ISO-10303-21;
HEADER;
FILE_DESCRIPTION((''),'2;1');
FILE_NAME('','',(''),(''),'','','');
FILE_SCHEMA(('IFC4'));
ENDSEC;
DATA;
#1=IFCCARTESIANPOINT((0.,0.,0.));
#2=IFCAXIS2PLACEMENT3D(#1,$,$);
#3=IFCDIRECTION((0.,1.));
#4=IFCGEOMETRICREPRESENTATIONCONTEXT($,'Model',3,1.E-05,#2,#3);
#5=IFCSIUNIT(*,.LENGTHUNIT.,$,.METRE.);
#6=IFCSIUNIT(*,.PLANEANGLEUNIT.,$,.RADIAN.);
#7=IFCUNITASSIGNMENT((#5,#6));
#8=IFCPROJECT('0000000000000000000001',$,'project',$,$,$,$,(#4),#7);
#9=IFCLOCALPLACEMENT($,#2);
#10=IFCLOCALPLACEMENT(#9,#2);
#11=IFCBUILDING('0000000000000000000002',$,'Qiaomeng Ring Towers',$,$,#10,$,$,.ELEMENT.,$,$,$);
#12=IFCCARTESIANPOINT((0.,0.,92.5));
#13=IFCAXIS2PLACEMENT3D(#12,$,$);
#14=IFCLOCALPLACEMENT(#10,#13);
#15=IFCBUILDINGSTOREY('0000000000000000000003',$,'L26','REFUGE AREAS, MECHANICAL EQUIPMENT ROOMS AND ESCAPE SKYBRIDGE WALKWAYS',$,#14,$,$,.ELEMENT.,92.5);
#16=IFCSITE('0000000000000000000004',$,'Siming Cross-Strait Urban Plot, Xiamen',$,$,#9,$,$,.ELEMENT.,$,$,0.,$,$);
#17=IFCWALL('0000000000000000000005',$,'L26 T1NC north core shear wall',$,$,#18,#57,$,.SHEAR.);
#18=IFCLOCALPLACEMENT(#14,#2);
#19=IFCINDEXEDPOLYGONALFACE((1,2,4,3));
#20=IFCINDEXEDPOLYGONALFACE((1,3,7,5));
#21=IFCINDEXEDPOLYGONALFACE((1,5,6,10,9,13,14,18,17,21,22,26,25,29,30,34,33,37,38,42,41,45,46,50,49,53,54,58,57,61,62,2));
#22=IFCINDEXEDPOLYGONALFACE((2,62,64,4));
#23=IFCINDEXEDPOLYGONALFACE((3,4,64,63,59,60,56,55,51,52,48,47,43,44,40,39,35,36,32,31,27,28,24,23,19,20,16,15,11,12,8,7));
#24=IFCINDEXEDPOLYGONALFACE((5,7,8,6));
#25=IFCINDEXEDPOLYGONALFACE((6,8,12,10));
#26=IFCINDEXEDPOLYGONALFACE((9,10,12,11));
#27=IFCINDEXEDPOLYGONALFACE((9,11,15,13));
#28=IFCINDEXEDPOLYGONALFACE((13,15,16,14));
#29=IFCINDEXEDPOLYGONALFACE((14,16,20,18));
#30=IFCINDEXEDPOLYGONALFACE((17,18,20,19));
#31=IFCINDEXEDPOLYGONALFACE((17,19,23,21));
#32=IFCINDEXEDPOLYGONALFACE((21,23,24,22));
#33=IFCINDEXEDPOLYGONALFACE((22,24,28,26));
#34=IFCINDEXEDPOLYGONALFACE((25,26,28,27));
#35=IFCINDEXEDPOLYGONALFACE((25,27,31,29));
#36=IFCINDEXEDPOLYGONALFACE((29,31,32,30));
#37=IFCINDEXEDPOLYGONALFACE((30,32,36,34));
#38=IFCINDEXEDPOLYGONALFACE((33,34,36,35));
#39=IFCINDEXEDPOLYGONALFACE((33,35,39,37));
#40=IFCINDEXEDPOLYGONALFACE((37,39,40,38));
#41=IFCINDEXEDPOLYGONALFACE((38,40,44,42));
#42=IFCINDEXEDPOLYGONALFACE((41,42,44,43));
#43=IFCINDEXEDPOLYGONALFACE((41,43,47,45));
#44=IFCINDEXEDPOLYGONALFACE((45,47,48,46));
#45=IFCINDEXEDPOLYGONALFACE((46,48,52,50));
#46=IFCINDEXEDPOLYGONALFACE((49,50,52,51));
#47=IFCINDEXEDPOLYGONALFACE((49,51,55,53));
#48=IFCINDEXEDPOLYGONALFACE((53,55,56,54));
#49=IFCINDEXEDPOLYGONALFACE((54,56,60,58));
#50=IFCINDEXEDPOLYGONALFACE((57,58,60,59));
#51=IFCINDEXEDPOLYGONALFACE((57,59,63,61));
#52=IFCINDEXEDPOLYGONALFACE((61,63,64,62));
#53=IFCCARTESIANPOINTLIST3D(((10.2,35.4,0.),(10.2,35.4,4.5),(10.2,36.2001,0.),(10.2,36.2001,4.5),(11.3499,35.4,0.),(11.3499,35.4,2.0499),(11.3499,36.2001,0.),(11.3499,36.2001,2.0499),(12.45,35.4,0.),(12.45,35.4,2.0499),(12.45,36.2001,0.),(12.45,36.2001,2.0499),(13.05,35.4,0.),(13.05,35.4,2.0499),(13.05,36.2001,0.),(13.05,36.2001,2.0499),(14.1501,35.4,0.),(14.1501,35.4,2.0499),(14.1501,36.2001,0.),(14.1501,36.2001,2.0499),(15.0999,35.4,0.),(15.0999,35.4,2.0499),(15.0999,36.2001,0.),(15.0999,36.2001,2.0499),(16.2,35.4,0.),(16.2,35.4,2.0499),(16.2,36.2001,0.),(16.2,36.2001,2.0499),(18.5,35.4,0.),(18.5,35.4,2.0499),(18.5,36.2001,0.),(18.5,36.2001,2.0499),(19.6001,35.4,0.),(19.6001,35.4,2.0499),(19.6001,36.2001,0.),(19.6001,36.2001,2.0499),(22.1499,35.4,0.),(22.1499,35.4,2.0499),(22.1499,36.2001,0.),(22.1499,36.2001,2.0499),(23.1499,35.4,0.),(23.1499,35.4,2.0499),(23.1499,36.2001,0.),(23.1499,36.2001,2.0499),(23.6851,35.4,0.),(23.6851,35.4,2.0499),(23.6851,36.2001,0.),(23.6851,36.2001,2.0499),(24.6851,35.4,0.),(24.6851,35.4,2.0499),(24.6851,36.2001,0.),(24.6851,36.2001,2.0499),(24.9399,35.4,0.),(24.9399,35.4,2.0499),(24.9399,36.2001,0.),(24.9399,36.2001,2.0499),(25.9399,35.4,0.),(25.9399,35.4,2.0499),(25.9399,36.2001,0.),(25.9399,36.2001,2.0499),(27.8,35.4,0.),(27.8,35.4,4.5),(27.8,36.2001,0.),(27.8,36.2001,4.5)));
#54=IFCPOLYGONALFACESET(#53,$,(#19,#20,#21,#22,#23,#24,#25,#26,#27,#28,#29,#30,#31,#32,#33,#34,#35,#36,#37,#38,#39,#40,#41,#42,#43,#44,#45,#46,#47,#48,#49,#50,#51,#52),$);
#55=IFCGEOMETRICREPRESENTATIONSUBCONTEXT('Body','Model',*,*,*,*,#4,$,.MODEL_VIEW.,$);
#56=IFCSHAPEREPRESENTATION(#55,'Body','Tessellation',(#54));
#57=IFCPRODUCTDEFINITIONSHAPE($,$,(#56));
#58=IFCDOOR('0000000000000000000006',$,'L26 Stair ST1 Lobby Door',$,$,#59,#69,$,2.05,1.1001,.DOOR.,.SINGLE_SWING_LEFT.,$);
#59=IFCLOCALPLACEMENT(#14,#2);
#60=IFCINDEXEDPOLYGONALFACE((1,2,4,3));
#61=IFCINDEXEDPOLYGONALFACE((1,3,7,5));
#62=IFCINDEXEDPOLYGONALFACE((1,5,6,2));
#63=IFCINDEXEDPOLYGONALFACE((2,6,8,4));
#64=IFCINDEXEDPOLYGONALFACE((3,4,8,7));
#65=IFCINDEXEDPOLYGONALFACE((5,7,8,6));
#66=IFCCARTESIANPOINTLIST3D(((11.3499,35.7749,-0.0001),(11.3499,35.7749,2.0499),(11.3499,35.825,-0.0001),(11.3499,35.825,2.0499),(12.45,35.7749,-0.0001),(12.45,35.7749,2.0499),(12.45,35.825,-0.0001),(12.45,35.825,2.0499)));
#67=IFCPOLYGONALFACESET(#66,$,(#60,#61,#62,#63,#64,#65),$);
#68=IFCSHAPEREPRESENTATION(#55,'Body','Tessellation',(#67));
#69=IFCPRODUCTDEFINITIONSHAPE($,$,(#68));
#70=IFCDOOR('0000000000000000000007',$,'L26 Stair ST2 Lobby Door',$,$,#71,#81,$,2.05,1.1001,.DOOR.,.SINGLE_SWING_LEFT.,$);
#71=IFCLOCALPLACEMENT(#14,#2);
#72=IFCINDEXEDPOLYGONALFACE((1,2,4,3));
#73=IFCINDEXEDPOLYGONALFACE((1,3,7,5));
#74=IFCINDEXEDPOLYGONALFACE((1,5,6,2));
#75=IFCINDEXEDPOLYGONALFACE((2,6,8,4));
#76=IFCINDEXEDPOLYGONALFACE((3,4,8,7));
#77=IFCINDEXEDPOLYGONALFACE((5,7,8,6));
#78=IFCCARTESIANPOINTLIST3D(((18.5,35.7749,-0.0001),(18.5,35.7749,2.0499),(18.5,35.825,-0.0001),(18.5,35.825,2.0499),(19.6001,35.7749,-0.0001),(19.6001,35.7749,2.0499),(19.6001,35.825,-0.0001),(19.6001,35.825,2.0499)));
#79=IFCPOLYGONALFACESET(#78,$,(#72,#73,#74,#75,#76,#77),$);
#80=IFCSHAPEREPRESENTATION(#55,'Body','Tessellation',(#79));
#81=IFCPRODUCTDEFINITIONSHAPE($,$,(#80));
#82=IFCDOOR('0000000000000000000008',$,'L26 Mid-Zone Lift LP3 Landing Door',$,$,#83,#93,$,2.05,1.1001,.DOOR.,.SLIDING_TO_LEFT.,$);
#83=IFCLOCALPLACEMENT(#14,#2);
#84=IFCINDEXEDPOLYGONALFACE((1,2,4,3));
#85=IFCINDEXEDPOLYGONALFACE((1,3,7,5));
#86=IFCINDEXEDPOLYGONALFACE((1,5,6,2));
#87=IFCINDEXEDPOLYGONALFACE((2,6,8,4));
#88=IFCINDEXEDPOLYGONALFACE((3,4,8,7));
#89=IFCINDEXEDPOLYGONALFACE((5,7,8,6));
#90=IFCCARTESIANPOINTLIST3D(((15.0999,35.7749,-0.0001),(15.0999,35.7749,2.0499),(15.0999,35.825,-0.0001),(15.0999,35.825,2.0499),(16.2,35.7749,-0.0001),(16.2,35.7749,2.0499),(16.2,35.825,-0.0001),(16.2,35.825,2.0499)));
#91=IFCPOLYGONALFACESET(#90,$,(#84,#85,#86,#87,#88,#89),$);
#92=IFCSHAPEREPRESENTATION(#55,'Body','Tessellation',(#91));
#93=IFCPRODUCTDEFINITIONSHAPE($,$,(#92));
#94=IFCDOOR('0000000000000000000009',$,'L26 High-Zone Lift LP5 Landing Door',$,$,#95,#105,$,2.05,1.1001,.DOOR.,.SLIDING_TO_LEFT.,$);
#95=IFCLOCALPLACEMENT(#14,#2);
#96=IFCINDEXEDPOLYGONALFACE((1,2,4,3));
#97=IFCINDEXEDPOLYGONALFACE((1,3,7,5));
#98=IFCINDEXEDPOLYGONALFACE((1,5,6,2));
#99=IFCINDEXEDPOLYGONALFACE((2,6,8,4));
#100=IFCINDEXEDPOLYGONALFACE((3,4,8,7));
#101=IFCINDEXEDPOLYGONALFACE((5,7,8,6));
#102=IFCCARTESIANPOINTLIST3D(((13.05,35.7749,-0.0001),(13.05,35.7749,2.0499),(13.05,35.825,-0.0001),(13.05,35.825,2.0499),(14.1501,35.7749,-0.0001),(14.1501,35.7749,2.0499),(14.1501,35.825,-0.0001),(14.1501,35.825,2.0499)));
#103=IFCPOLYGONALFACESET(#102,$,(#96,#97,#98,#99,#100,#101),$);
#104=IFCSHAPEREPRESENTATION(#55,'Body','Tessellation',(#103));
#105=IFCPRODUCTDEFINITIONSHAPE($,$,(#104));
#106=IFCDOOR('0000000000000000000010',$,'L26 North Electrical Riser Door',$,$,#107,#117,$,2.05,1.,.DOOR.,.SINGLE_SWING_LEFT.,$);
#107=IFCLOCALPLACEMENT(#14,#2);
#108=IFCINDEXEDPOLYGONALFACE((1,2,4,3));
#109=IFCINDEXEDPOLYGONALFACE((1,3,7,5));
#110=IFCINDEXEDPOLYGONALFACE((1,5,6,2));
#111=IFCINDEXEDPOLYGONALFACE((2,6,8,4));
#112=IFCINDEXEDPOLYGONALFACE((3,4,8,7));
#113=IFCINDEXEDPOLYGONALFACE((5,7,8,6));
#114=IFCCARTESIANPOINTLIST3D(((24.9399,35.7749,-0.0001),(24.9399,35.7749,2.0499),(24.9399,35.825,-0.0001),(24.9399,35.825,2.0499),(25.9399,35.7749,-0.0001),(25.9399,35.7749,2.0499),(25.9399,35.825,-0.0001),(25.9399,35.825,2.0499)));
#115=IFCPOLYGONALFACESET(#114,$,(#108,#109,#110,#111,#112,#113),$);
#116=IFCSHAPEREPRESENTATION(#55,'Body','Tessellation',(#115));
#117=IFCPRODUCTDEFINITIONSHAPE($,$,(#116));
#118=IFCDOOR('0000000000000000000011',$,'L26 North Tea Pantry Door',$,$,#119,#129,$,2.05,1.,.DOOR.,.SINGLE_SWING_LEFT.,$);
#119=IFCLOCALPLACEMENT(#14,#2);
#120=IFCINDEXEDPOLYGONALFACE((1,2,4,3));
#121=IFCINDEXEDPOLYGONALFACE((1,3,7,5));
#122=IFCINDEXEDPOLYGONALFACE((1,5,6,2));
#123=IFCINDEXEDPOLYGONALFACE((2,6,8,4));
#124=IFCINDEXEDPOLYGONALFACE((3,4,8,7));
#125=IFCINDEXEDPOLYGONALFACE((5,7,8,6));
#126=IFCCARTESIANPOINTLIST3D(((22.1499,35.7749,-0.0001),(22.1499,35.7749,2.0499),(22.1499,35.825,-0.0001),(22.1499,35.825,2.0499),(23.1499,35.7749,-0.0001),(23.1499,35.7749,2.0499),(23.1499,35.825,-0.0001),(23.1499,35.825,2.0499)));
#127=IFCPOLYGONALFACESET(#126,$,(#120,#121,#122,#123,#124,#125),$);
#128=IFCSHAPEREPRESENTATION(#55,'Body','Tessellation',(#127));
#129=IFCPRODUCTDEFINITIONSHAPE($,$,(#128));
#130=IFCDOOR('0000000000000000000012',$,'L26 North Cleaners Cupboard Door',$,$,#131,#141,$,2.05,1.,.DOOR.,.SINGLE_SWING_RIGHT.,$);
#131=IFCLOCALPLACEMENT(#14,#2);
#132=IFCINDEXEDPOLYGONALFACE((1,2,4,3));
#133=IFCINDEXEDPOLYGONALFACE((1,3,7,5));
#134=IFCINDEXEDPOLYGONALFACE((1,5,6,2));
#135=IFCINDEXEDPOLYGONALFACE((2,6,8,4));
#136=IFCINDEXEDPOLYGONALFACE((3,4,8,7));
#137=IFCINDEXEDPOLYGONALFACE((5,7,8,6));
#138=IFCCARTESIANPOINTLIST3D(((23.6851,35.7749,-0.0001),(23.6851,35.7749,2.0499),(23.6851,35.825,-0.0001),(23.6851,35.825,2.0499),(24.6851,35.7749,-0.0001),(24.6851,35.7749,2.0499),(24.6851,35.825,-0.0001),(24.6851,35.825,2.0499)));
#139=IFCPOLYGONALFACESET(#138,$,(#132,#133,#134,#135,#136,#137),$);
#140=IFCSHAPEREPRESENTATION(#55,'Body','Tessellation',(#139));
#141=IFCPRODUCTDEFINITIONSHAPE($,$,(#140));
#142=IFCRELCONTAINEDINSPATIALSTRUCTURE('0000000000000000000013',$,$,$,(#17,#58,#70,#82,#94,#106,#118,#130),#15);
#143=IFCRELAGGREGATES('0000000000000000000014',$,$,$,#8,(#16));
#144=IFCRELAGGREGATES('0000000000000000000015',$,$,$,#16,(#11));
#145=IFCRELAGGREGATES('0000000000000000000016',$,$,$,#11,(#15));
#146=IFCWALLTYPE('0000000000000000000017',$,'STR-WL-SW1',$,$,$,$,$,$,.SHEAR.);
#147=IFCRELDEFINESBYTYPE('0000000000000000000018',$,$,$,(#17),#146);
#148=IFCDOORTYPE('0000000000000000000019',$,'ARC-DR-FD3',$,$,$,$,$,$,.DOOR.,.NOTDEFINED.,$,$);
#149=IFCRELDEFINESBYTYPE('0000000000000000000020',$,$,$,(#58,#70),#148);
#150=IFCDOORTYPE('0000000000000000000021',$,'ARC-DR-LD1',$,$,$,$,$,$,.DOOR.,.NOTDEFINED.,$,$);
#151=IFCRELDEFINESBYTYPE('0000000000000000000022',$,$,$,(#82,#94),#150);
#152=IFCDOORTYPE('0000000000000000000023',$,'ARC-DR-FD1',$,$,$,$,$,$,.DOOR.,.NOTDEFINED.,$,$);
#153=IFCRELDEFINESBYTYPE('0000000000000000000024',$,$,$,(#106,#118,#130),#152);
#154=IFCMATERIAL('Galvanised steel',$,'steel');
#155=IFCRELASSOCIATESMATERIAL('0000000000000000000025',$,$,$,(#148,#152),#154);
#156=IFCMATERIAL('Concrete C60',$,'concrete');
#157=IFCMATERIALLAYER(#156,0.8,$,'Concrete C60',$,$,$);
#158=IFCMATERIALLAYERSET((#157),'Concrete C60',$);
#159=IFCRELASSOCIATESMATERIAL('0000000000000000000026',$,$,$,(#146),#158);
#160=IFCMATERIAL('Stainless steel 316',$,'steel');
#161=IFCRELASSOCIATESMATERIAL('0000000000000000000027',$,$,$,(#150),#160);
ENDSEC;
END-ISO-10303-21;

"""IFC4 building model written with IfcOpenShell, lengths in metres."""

from ifc_helpers import new_model, si_unit, direction, frame, frame_2d, origin, place, context, subcontext, project, spatial, rectangle, extrude, source, transform, mapped, material, layer, layer_set, type_object, element, fill, save


model = new_model("IFC4")

# Units and contexts
model_context = context("Model", 3, precision=1e-05, world=origin(), true_north=direction((0.0, 1.0)))
body_context = subcontext(model_context, "Body", "Model", "MODEL_VIEW")
ifc_project = project(units=[si_unit("LENGTHUNIT", "METRE"), si_unit("PLANEANGLEUNIT", "RADIAN")], contexts=[model_context])

# Site, building, storey
site_placement = place(None, origin())
site = spatial("IfcSite", under=ifc_project, at=site_placement, Name="Siming Cross-Strait Urban Plot, Xiamen", CompositionType="ELEMENT", RefElevation=0.0)
building_placement = place(site_placement, origin())
building = spatial("IfcBuilding", under=site, at=building_placement, Name="Qiaomeng Ring Towers", CompositionType="ELEMENT")
storey_placement = place(building_placement, frame((0.0, 0.0, 92.5)))
storey = spatial("IfcBuildingStorey", under=building, at=storey_placement, Name="L26", Description="REFUGE AREAS, MECHANICAL EQUIPMENT ROOMS AND ESCAPE SKYBRIDGE WALKWAYS", CompositionType="ELEMENT", Elevation=92.5)

# Shared definitions
ifc_material_1 = material(Name="Galvanised steel", Category="steel")

# Shared definitions
door_type_1 = type_object("IfcDoorType", Name="ARC-DR-FD3", OperationType="NOTDEFINED", PredefinedType="DOOR", material=ifc_material_1)
shared_shape_1 = source(origin(), body_context, "Body", "SweptSolid", [
    extrude(rectangle(XDim=1.1001, YDim=2.05, at=frame_2d((0.55, 1.0249))), frame((0.0, 0.0249, 0.0), z_axis=(0.0, -1.0, 0.0), x_axis=(1.0, 0.0, 0.0)), (0.0, 0.0, 1.0), 0.05),
])

# Wall, openings, doors
ifc_material_2 = material(Name="Concrete C60", Category="concrete")
ifc_layer_1 = layer(ifc_material_2, 0.8, Name="Concrete C60")
ifc_layer_set_1 = layer_set([ifc_layer_1], Name="Concrete C60")
wall_type_1 = type_object("IfcWallType", Name="STR-WL-SW1", PredefinedType="SHEAR", material=ifc_layer_set_1)
wall_1_placement = place(storey_placement, frame((10.2, 35.8, 0.0), z_axis=(0.0, 0.0, 1.0), x_axis=(1.0, 0.0, 0.0)))
wall_1 = element("IfcWall", 1, at=wall_1_placement, inside=storey, type_object=wall_type_1, Name="L26 T1NC north core shear wall", PredefinedType="SHEAR", context=body_context, shape_type="SweptSolid", body=[
    extrude(rectangle(XDim=17.6001, YDim=0.8, at=frame_2d((8.8, 0.0))), origin(), (0.0, 0.0, 1.0), 4.5),
])
opening_1_placement = place(wall_1_placement, frame((1.1499, 0.0, 0.0)))
opening_1 = element("IfcOpeningElement", 2, at=opening_1_placement, cuts=wall_1, PredefinedType="OPENING", context=body_context, shape_type="SweptSolid", body=[
    extrude(rectangle(XDim=1.1001, YDim=2.05, at=frame_2d((0.55, 1.0249))), frame((0.0, 0.4099, 0.0), z_axis=(0.0, -1.0, 0.0), x_axis=(1.0, 0.0, 0.0)), (0.0, 0.0, 1.0), 0.8201),
])
opening_2_placement = place(wall_1_placement, frame((8.3, 0.0, 0.0)))
opening_2 = element("IfcOpeningElement", 3, at=opening_2_placement, cuts=wall_1, PredefinedType="OPENING", context=body_context, shape_type="SweptSolid", body=[
    extrude(rectangle(XDim=1.1001, YDim=2.05, at=frame_2d((0.55, 1.0249))), frame((0.0, 0.4099, 0.0), z_axis=(0.0, -1.0, 0.0), x_axis=(1.0, 0.0, 0.0)), (0.0, 0.0, 1.0), 0.8201),
])
opening_3_placement = place(wall_1_placement, frame((4.8999, 0.0, 0.0)))
opening_3 = element("IfcOpeningElement", 4, at=opening_3_placement, cuts=wall_1, PredefinedType="OPENING", context=body_context, shape_type="SweptSolid", body=[
    extrude(rectangle(XDim=1.1001, YDim=2.05, at=frame_2d((0.55, 1.0249))), frame((0.0, 0.4099, 0.0), z_axis=(0.0, -1.0, 0.0), x_axis=(1.0, 0.0, 0.0)), (0.0, 0.0, 1.0), 0.8201),
])
opening_4_placement = place(wall_1_placement, frame((2.8501, 0.0, 0.0)))
opening_4 = element("IfcOpeningElement", 5, at=opening_4_placement, cuts=wall_1, PredefinedType="OPENING", context=body_context, shape_type="SweptSolid", body=[
    extrude(rectangle(XDim=1.1001, YDim=2.05, at=frame_2d((0.55, 1.0249))), frame((0.0, 0.4099, 0.0), z_axis=(0.0, -1.0, 0.0), x_axis=(1.0, 0.0, 0.0)), (0.0, 0.0, 1.0), 0.8201),
])
opening_5_placement = place(wall_1_placement, frame((14.74, 0.0, 0.0)))
opening_5 = element("IfcOpeningElement", 6, at=opening_5_placement, cuts=wall_1, PredefinedType="OPENING", context=body_context, shape_type="SweptSolid", body=[
    extrude(rectangle(XDim=1.0, YDim=2.05, at=frame_2d((0.5, 1.0249))), frame((0.0, 0.4099, 0.0), z_axis=(0.0, -1.0, 0.0), x_axis=(1.0, 0.0, 0.0)), (0.0, 0.0, 1.0), 0.8201),
])
opening_6_placement = place(wall_1_placement, frame((11.95, 0.0, 0.0)))
opening_6 = element("IfcOpeningElement", 7, at=opening_6_placement, cuts=wall_1, PredefinedType="OPENING", context=body_context, shape_type="SweptSolid", body=[
    extrude(rectangle(XDim=1.0, YDim=2.05, at=frame_2d((0.5, 1.0249))), frame((0.0, 0.4099, 0.0), z_axis=(0.0, -1.0, 0.0), x_axis=(1.0, 0.0, 0.0)), (0.0, 0.0, 1.0), 0.8201),
])
opening_7_placement = place(wall_1_placement, frame((13.4851, 0.0, 0.0)))
opening_7 = element("IfcOpeningElement", 8, at=opening_7_placement, cuts=wall_1, PredefinedType="OPENING", context=body_context, shape_type="SweptSolid", body=[
    extrude(rectangle(XDim=1.0, YDim=2.05, at=frame_2d((0.5, 1.0249))), frame((0.0, 0.4099, 0.0), z_axis=(0.0, -1.0, 0.0), x_axis=(1.0, 0.0, 0.0)), (0.0, 0.0, 1.0), 0.8201),
])
door_1_placement = place(opening_1_placement, origin())
door_1 = element("IfcDoor", 9, at=door_1_placement, inside=storey, type_object=door_type_1, Name="L26 Stair ST1 Lobby Door", OperationType="SINGLE_SWING_LEFT", OverallHeight=2.05, OverallWidth=1.1001, PredefinedType="DOOR", context=body_context, shape_type="MappedRepresentation", body=[
    mapped(shared_shape_1, transform((0.0, 0.0, 0.0), x_axis=(1.0, 0.0, 0.0), y_axis=(0.0, 1.0, 0.0), z_axis=(0.0, 0.0, 1.0), scale=1.0)),
])
fill(opening_1, door_1)
door_2_placement = place(opening_2_placement, origin())
door_2 = element("IfcDoor", 10, at=door_2_placement, inside=storey, type_object=door_type_1, Name="L26 Stair ST2 Lobby Door", OperationType="SINGLE_SWING_LEFT", OverallHeight=2.05, OverallWidth=1.1001, PredefinedType="DOOR", context=body_context, shape_type="MappedRepresentation", body=[
    mapped(shared_shape_1, transform((0.0, 0.0, 0.0), x_axis=(1.0, 0.0, 0.0), y_axis=(0.0, 1.0, 0.0), z_axis=(0.0, 0.0, 1.0), scale=1.0)),
])
fill(opening_2, door_2)
ifc_material_3 = material(Name="Stainless steel 316", Category="steel")
door_type_2 = type_object("IfcDoorType", Name="ARC-DR-LD1", OperationType="NOTDEFINED", PredefinedType="DOOR", material=ifc_material_3)
door_3_placement = place(opening_3_placement, origin())
door_3 = element("IfcDoor", 11, at=door_3_placement, inside=storey, type_object=door_type_2, Name="L26 Mid-Zone Lift LP3 Landing Door", OperationType="SLIDING_TO_LEFT", OverallHeight=2.05, OverallWidth=1.1001, PredefinedType="DOOR", context=body_context, shape_type="MappedRepresentation", body=[
    mapped(shared_shape_1, transform((0.0, 0.0, 0.0), x_axis=(1.0, 0.0, 0.0), y_axis=(0.0, 1.0, 0.0), z_axis=(0.0, 0.0, 1.0), scale=1.0)),
])
fill(opening_3, door_3)
door_4_placement = place(opening_4_placement, origin())
door_4 = element("IfcDoor", 12, at=door_4_placement, inside=storey, type_object=door_type_2, Name="L26 High-Zone Lift LP5 Landing Door", OperationType="SLIDING_TO_LEFT", OverallHeight=2.05, OverallWidth=1.1001, PredefinedType="DOOR", context=body_context, shape_type="MappedRepresentation", body=[
    mapped(shared_shape_1, transform((0.0, 0.0, 0.0), x_axis=(1.0, 0.0, 0.0), y_axis=(0.0, 1.0, 0.0), z_axis=(0.0, 0.0, 1.0), scale=1.0)),
])
fill(opening_4, door_4)
door_type_3 = type_object("IfcDoorType", Name="ARC-DR-FD1", OperationType="NOTDEFINED", PredefinedType="DOOR", material=ifc_material_1)
shared_shape_2 = source(origin(), body_context, "Body", "SweptSolid", [
    extrude(rectangle(XDim=1.0, YDim=2.05, at=frame_2d((0.5, 1.0249))), frame((0.0, 0.0249, 0.0), z_axis=(0.0, -1.0, 0.0), x_axis=(1.0, 0.0, 0.0)), (0.0, 0.0, 1.0), 0.05),
])
door_5_placement = place(opening_5_placement, origin())
door_5 = element("IfcDoor", 13, at=door_5_placement, inside=storey, type_object=door_type_3, Name="L26 North Electrical Riser Door", OperationType="SINGLE_SWING_LEFT", OverallHeight=2.05, OverallWidth=1.0, PredefinedType="DOOR", context=body_context, shape_type="MappedRepresentation", body=[
    mapped(shared_shape_2, transform((0.0, 0.0, 0.0), x_axis=(1.0, 0.0, 0.0), y_axis=(0.0, 1.0, 0.0), z_axis=(0.0, 0.0, 1.0), scale=1.0)),
])
fill(opening_5, door_5)
door_6_placement = place(opening_6_placement, origin())
door_6 = element("IfcDoor", 14, at=door_6_placement, inside=storey, type_object=door_type_3, Name="L26 North Tea Pantry Door", OperationType="SINGLE_SWING_LEFT", OverallHeight=2.05, OverallWidth=1.0, PredefinedType="DOOR", context=body_context, shape_type="MappedRepresentation", body=[
    mapped(shared_shape_2, transform((0.0, 0.0, 0.0), x_axis=(1.0, 0.0, 0.0), y_axis=(0.0, 1.0, 0.0), z_axis=(0.0, 0.0, 1.0), scale=1.0)),
])
fill(opening_6, door_6)
door_7_placement = place(opening_7_placement, origin())
door_7 = element("IfcDoor", 15, at=door_7_placement, inside=storey, type_object=door_type_3, Name="L26 North Cleaners Cupboard Door", OperationType="SINGLE_SWING_RIGHT", OverallHeight=2.05, OverallWidth=1.0, PredefinedType="DOOR", context=body_context, shape_type="MappedRepresentation", body=[
    mapped(shared_shape_2, transform((0.0, 0.0, 0.0), x_axis=(1.0, 0.0, 0.0), y_axis=(0.0, 1.0, 0.0), z_axis=(0.0, 0.0, 1.0), scale=1.0)),
])
fill(opening_7, door_7)

save(model, "model.ifc")
